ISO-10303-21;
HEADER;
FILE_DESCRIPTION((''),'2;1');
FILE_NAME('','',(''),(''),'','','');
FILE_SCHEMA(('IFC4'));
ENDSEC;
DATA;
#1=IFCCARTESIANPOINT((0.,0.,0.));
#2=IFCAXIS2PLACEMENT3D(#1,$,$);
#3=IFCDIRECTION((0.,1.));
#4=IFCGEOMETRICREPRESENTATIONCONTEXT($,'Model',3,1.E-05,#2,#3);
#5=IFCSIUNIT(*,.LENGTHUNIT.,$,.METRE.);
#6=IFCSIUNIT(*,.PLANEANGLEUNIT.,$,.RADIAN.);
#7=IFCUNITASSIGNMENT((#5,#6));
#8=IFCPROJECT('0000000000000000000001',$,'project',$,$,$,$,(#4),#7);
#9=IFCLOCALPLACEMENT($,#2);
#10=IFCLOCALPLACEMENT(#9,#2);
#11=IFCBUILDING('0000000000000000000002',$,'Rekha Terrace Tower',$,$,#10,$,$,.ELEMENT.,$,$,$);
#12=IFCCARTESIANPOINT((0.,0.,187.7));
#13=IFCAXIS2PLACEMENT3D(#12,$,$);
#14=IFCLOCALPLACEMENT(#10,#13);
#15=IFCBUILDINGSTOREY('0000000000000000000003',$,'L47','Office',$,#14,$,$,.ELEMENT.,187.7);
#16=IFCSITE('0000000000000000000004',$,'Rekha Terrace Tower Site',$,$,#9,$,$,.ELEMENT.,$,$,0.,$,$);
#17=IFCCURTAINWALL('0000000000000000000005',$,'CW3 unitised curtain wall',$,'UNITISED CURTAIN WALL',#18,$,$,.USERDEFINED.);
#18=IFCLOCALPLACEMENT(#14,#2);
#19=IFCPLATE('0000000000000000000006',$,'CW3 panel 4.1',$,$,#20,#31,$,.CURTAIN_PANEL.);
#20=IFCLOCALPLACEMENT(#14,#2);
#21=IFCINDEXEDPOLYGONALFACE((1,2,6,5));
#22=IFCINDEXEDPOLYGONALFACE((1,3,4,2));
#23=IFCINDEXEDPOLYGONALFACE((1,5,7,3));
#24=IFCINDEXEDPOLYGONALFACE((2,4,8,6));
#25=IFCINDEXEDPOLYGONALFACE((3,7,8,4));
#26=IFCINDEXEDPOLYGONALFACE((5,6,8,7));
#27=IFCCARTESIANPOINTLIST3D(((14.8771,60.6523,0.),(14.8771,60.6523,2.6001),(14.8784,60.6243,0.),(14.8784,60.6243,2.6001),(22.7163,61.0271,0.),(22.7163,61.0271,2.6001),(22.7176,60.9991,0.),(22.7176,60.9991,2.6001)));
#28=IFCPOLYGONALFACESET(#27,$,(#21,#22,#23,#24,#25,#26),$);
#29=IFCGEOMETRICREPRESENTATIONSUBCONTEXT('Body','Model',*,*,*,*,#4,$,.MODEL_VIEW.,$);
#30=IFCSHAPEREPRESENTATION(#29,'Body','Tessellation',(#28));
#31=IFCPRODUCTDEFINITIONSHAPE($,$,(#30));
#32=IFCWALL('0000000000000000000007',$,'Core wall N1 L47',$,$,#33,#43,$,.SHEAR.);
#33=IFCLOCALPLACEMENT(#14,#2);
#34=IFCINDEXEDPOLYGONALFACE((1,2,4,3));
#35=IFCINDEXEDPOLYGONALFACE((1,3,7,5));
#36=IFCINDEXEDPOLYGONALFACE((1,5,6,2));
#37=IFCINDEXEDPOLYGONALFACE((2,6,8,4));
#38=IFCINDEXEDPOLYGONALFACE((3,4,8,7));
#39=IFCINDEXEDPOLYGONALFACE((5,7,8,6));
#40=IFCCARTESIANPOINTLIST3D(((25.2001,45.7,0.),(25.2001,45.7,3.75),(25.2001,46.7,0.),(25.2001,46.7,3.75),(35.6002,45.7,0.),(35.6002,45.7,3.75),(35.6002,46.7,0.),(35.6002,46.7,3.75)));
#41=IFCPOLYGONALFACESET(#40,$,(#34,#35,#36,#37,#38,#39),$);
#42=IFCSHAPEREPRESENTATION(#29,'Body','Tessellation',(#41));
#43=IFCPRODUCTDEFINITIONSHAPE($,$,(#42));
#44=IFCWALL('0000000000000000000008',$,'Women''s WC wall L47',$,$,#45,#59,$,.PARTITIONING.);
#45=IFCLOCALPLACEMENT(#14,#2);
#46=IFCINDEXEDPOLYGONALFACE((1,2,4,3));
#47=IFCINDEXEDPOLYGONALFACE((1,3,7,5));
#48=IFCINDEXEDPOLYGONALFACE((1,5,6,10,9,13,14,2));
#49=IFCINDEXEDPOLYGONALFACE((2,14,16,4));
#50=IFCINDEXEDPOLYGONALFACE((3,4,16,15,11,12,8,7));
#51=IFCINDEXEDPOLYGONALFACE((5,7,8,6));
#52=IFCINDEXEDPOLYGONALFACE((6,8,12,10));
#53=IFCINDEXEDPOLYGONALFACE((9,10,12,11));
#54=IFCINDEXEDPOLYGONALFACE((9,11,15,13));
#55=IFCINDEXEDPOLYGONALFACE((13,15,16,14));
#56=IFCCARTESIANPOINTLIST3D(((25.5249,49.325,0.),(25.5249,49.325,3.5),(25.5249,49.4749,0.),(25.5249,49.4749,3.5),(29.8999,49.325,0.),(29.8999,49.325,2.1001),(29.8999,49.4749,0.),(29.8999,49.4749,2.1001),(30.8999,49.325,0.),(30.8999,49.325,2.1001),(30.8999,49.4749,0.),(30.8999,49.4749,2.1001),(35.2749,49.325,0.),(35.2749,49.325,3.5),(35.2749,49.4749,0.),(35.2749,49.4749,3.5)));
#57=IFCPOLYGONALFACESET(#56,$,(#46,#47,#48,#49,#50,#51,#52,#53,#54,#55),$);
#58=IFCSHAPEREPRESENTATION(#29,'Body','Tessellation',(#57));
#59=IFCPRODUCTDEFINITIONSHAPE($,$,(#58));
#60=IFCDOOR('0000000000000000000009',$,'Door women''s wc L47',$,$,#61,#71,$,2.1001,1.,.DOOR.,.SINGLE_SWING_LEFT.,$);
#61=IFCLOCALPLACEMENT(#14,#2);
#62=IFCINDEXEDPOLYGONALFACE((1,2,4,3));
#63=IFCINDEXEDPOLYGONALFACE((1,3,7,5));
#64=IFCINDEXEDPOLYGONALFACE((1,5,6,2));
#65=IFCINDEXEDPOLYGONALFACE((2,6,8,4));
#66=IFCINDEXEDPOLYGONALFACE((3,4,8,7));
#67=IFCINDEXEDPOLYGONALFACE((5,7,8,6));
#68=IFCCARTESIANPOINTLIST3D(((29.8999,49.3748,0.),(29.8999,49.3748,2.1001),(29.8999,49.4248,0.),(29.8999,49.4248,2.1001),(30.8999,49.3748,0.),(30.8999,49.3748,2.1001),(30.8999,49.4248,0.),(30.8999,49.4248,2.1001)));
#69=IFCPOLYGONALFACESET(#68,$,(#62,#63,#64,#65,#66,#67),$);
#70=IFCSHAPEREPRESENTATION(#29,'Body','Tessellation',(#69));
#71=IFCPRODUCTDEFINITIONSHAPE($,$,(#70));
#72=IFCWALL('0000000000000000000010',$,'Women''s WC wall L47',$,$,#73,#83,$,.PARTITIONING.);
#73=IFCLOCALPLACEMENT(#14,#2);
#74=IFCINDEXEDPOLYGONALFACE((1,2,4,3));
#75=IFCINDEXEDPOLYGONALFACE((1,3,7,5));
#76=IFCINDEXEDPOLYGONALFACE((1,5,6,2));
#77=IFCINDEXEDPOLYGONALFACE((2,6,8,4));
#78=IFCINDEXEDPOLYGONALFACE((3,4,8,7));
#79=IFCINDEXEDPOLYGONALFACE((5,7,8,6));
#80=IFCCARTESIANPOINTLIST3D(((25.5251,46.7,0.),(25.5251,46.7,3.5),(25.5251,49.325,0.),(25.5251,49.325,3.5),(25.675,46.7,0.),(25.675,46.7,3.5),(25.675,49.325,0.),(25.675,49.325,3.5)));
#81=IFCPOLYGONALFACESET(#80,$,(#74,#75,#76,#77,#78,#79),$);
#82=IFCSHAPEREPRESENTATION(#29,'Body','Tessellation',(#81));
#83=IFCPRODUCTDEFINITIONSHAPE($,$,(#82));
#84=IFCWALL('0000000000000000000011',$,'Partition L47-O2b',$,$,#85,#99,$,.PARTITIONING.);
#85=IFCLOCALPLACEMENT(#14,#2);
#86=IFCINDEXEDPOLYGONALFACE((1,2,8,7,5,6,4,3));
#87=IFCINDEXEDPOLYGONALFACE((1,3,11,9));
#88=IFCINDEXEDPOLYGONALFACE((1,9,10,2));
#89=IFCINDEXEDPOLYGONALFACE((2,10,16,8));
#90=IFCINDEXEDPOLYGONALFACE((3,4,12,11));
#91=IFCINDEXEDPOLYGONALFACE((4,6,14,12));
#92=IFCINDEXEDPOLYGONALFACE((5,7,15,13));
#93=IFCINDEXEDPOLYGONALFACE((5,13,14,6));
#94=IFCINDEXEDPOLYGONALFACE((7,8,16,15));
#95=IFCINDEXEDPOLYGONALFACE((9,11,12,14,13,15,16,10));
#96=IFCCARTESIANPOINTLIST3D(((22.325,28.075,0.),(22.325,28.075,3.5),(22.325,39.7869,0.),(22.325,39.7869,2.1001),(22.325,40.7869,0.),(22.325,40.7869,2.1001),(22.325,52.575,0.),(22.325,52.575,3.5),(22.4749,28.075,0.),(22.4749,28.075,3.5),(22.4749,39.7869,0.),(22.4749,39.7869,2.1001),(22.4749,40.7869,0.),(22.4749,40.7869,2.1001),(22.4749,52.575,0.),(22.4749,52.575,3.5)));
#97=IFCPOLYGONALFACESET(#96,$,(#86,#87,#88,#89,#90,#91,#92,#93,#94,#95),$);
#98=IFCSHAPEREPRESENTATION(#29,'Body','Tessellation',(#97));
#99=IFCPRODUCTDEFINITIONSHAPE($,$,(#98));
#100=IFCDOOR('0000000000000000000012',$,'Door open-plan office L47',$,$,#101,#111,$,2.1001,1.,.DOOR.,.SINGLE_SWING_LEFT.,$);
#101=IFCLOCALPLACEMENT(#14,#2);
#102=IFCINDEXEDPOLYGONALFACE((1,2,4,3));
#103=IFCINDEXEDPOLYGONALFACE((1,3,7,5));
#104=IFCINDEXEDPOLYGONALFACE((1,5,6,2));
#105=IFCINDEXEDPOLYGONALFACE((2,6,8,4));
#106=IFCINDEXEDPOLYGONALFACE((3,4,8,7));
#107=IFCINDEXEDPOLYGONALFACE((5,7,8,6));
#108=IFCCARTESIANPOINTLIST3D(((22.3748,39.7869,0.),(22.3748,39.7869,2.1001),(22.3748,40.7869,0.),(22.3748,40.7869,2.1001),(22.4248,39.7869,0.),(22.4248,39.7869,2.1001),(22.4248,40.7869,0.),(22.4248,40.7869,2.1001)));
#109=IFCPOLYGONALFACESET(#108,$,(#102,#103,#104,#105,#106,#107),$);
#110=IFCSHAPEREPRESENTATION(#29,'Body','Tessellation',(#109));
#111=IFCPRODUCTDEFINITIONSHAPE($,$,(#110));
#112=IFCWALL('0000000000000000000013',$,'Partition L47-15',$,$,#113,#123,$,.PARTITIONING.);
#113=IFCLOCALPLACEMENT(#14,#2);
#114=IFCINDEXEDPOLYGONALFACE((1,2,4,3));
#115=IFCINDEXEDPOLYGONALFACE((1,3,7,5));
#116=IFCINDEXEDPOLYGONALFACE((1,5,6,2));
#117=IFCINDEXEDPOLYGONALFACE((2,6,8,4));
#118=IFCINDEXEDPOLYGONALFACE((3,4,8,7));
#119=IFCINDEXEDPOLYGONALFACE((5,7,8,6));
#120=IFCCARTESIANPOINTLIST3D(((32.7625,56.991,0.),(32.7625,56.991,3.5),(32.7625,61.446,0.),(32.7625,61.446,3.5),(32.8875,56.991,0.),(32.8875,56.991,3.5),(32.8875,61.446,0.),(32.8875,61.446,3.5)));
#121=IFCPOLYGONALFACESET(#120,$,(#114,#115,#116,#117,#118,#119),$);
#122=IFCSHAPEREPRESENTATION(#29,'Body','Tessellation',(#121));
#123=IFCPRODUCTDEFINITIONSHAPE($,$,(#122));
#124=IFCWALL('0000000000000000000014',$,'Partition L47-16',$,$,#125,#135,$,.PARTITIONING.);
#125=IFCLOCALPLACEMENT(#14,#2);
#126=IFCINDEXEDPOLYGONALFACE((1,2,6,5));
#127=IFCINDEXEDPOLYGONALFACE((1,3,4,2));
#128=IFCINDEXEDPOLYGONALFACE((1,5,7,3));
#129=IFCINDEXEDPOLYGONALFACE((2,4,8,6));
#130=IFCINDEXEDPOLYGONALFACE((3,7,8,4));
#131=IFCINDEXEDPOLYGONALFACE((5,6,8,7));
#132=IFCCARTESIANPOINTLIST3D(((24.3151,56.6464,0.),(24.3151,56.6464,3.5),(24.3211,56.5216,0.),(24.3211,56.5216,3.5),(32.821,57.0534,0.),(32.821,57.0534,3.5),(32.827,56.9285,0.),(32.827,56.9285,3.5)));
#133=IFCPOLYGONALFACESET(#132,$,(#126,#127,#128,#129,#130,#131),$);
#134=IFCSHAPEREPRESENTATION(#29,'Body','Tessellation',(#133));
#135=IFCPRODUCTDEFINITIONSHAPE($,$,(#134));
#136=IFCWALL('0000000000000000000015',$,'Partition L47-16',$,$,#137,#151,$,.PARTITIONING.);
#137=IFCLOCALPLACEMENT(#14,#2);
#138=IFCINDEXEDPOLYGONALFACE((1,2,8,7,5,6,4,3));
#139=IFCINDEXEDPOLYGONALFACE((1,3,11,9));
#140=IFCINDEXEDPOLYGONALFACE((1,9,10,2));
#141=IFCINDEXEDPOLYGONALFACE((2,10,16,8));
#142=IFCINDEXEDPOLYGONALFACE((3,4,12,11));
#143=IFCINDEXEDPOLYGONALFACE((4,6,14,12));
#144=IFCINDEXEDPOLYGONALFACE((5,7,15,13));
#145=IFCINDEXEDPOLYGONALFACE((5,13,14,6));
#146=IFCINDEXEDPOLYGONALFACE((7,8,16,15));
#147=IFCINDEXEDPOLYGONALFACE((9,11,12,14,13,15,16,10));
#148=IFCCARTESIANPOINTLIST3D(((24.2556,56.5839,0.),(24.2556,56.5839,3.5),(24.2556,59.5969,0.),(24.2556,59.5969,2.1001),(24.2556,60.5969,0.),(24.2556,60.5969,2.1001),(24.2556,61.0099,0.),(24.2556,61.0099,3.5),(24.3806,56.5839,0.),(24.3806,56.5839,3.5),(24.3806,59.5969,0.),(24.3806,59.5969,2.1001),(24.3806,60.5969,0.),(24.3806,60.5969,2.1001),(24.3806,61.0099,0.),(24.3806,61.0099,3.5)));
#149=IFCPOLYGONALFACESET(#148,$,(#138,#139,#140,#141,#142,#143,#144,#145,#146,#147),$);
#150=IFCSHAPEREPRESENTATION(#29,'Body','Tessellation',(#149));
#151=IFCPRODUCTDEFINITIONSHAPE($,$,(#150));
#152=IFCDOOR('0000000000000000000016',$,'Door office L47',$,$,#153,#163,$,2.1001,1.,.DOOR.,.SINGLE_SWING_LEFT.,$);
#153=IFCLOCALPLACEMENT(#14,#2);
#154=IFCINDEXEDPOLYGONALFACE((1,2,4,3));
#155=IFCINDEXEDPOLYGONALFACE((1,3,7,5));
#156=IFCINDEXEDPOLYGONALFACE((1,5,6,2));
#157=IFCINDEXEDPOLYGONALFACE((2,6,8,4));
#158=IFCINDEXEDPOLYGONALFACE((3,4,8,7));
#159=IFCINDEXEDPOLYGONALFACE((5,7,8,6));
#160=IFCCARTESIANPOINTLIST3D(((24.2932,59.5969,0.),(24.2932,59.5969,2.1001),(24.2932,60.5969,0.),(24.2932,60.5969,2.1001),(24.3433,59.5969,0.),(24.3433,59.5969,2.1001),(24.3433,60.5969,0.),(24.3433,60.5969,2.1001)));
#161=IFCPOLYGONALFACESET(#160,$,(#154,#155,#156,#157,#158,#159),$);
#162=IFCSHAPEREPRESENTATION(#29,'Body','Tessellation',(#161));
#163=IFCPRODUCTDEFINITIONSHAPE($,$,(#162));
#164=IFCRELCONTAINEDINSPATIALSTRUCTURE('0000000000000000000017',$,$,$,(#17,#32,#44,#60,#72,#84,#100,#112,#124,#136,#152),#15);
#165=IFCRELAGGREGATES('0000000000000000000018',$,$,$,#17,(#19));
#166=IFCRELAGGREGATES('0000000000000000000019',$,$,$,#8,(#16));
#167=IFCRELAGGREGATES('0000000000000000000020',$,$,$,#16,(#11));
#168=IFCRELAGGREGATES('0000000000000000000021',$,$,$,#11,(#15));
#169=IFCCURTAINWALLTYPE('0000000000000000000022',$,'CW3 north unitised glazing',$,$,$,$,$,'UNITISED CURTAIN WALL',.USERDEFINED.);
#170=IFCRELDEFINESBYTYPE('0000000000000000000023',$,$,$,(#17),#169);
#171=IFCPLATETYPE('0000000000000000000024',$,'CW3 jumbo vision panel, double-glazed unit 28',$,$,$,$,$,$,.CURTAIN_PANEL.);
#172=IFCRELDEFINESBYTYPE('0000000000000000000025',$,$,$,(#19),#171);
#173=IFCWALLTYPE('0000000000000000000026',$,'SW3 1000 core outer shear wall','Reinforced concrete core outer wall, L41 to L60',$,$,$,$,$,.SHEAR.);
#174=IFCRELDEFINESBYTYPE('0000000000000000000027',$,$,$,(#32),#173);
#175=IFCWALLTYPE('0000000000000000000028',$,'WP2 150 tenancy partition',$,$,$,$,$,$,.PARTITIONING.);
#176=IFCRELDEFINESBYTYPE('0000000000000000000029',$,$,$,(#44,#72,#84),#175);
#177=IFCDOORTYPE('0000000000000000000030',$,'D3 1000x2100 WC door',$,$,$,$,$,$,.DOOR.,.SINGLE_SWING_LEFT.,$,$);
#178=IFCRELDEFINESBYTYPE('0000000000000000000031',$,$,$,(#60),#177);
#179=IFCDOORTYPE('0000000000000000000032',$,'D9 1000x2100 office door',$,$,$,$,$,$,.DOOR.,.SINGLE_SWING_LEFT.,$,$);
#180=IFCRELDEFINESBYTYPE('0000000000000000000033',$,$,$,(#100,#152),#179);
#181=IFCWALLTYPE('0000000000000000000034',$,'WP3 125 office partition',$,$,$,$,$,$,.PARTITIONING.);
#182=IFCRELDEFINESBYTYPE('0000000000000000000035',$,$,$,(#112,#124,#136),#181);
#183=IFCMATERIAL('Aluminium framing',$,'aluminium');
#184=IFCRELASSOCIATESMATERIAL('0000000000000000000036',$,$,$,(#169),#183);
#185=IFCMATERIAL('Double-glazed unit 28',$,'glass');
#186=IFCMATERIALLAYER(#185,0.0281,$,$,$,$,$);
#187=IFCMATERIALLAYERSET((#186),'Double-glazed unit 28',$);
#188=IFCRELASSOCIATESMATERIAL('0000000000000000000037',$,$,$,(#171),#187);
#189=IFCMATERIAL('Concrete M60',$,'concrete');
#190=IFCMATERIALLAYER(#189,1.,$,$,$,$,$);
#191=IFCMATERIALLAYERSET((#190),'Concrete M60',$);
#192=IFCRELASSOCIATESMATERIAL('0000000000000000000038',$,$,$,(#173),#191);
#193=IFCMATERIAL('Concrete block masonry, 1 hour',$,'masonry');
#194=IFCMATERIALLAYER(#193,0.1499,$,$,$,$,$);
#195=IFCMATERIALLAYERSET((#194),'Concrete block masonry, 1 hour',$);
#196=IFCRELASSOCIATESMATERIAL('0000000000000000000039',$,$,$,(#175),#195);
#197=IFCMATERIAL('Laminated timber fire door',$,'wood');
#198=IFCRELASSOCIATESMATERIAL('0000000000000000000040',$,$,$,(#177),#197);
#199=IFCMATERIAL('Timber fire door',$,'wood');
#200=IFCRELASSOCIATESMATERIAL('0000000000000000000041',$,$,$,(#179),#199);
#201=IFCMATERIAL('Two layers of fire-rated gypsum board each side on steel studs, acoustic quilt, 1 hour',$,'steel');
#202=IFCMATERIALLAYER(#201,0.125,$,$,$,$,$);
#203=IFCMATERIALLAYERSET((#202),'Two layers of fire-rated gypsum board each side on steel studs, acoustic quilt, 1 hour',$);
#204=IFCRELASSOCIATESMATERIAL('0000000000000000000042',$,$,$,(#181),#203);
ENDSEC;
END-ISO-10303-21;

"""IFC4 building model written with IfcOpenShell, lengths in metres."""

from ifc_helpers import new_model, si_unit, direction, frame, frame_2d, origin, origin_2d, place, context, subcontext, project, spatial, rectangle, extrude, material, layer, layer_set, type_object, element, fill, aggregate, save


model = new_model("IFC4")

# Units and contexts
model_context = context("Model", 3, precision=1e-05, world=origin(), true_north=direction((0.0, 1.0)))
body_context = subcontext(model_context, "Body", "Model", "MODEL_VIEW")
ifc_project = project(units=[si_unit("LENGTHUNIT", "METRE"), si_unit("PLANEANGLEUNIT", "RADIAN")], contexts=[model_context])

# Site, building, storey
site_placement = place(None, origin())
site = spatial("IfcSite", under=ifc_project, at=site_placement, Name="Rekha Terrace Tower Site", CompositionType="ELEMENT", RefElevation=0.0)
building_placement = place(site_placement, origin())
building = spatial("IfcBuilding", under=site, at=building_placement, Name="Rekha Terrace Tower", CompositionType="ELEMENT")
storey_placement = place(building_placement, frame((0.0, 0.0, 187.7)))
storey = spatial("IfcBuildingStorey", under=building, at=storey_placement, Name="L47", Description="Office", CompositionType="ELEMENT", Elevation=187.7)

# Curtain wall, plate
ifc_material_1 = material(Name="Aluminium framing", Category="aluminium")
curtain_wall_type = type_object("IfcCurtainWallType", Name="CW3 north unitised glazing", ElementType="UNITISED CURTAIN WALL", PredefinedType="USERDEFINED", material=ifc_material_1)
curtain_wall_placement = place(storey_placement, origin())
curtain_wall = element("IfcCurtainWall", 1, at=curtain_wall_placement, inside=storey, type_object=curtain_wall_type, Name="CW3 unitised curtain wall", ObjectType="UNITISED CURTAIN WALL", PredefinedType="USERDEFINED")
ifc_material_2 = material(Name="Double-glazed unit 28", Category="glass")
ifc_layer_1 = layer(ifc_material_2, 0.0281)
ifc_layer_set_1 = layer_set([ifc_layer_1], Name="Double-glazed unit 28")
plate_type = type_object("IfcPlateType", Name="CW3 jumbo vision panel, double-glazed unit 28", PredefinedType="CURTAIN_PANEL", material=ifc_layer_set_1)
plate_1_placement = place(storey_placement, frame((18.7974, 60.8257, 0.0), z_axis=(0.0, 0.0, 1.0), x_axis=(-0.998859, -0.047759, 0.0)))
plate_1 = element("IfcPlate", 2, at=plate_1_placement, type_object=plate_type, Name="CW3 panel 4.1", PredefinedType="CURTAIN_PANEL", context=body_context, shape_type="SweptSolid", body=[
    extrude(rectangle(XDim=7.8481, YDim=0.0281, at=origin_2d()), origin(), (0.0, 0.0, 1.0), 2.6001),
])
aggregate(curtain_wall, [plate_1])

# Wall
ifc_material_3 = material(Name="Concrete M60", Category="concrete")
ifc_layer_2 = layer(ifc_material_3, 1.0)
ifc_layer_set_2 = layer_set([ifc_layer_2], Name="Concrete M60")
wall_type_1 = type_object("IfcWallType", Name="SW3 1000 core outer shear wall", Description="Reinforced concrete core outer wall, L41 to L60", PredefinedType="SHEAR", material=ifc_layer_set_2)
wall_1_placement = place(storey_placement, frame((25.2, 46.2, 0.0), z_axis=(0.0, 0.0, 1.0), x_axis=(1.0, 0.0, 0.0)))
element("IfcWall", 3, at=wall_1_placement, inside=storey, type_object=wall_type_1, Name="Core wall N1 L47", PredefinedType="SHEAR", context=body_context, shape_type="SweptSolid", body=[
    extrude(rectangle(XDim=10.4001, YDim=1.0, at=frame_2d((5.2002, 0.0))), origin(), (0.0, 0.0, 1.0), 3.75),
])

# Wall, opening, door
ifc_material_4 = material(Name="Concrete block masonry, 1 hour", Category="masonry")
ifc_layer_3 = layer(ifc_material_4, 0.1499)
ifc_layer_set_3 = layer_set([ifc_layer_3], Name="Concrete block masonry, 1 hour")
wall_type_2 = type_object("IfcWallType", Name="WP2 150 tenancy partition", PredefinedType="PARTITIONING", material=ifc_layer_set_3)
wall_2_placement = place(storey_placement, frame((25.5249, 49.3999, 0.0), z_axis=(0.0, 0.0, 1.0), x_axis=(1.0, 0.0, 0.0)))
wall_2 = element("IfcWall", 4, at=wall_2_placement, inside=storey, type_object=wall_type_2, Name="Women's WC wall L47", PredefinedType="PARTITIONING", context=body_context, shape_type="SweptSolid", body=[
    extrude(rectangle(XDim=9.75, YDim=0.1499, at=frame_2d((4.875, 0.0))), origin(), (0.0, 0.0, 1.0), 3.5),
])
opening_1_placement = place(wall_2_placement, frame((4.375, 0.0, 0.0)))
opening_1 = element("IfcOpeningElement", 5, at=opening_1_placement, cuts=wall_2, PredefinedType="OPENING", context=body_context, shape_type="SweptSolid", body=[
    extrude(rectangle(XDim=1.0, YDim=2.1001, at=frame_2d((0.5, 1.05))), frame((0.0, 0.085, 0.0), z_axis=(0.0, -1.0, 0.0), x_axis=(1.0, 0.0, 0.0)), (0.0, 0.0, 1.0), 0.1699),
])
ifc_material_5 = material(Name="Laminated timber fire door", Category="wood")
door_type_1 = type_object("IfcDoorType", Name="D3 1000x2100 WC door", OperationType="SINGLE_SWING_LEFT", PredefinedType="DOOR", material=ifc_material_5)
door_1_placement = place(opening_1_placement, origin())
door_1 = element("IfcDoor", 6, at=door_1_placement, inside=storey, type_object=door_type_1, Name="Door women's wc L47", OperationType="SINGLE_SWING_LEFT", OverallHeight=2.1001, OverallWidth=1.0, PredefinedType="DOOR", context=body_context, shape_type="SweptSolid", body=[
    extrude(rectangle(XDim=1.0, YDim=2.1001, at=frame_2d((0.5, 1.05))), frame((0.0, 0.0249, 0.0), z_axis=(0.0, -1.0, 0.0), x_axis=(1.0, 0.0, 0.0)), (0.0, 0.0, 1.0), 0.05),
])
fill(opening_1, door_1)

# Wall
wall_3_placement = place(storey_placement, frame((25.6001, 46.7, 0.0), z_axis=(0.0, 0.0, 1.0), x_axis=(0.0, 1.0, 0.0)))
element("IfcWall", 7, at=wall_3_placement, inside=storey, type_object=wall_type_2, Name="Women's WC wall L47", PredefinedType="PARTITIONING", context=body_context, shape_type="SweptSolid", body=[
    extrude(rectangle(XDim=2.625, YDim=0.1499, at=frame_2d((1.3125, 0.0))), origin(), (0.0, 0.0, 1.0), 3.5),
])

# Wall, opening, door
wall_4_placement = place(storey_placement, frame((22.3999, 52.575, 0.0), z_axis=(0.0, 0.0, 1.0), x_axis=(0.0, -1.0, 0.0)))
wall_4 = element("IfcWall", 8, at=wall_4_placement, inside=storey, type_object=wall_type_2, Name="Partition L47-O2b", PredefinedType="PARTITIONING", context=body_context, shape_type="SweptSolid", body=[
    extrude(rectangle(XDim=24.5, YDim=0.1499, at=frame_2d((12.25, 0.0))), origin(), (0.0, 0.0, 1.0), 3.5),
])
opening_2_placement = place(wall_4_placement, frame((11.7881, 0.0, 0.0)))
opening_2 = element("IfcOpeningElement", 9, at=opening_2_placement, cuts=wall_4, PredefinedType="OPENING", context=body_context, shape_type="SweptSolid", body=[
    extrude(rectangle(XDim=1.0, YDim=2.1001, at=frame_2d((0.5, 1.05))), frame((0.0, 0.085, 0.0), z_axis=(0.0, -1.0, 0.0), x_axis=(1.0, 0.0, 0.0)), (0.0, 0.0, 1.0), 0.1699),
])
ifc_material_6 = material(Name="Timber fire door", Category="wood")
door_type_2 = type_object("IfcDoorType", Name="D9 1000x2100 office door", OperationType="SINGLE_SWING_LEFT", PredefinedType="DOOR", material=ifc_material_6)
door_2_placement = place(opening_2_placement, origin())
door_2 = element("IfcDoor", 10, at=door_2_placement, inside=storey, type_object=door_type_2, Name="Door open-plan office L47", OperationType="SINGLE_SWING_LEFT", OverallHeight=2.1001, OverallWidth=1.0, PredefinedType="DOOR", context=body_context, shape_type="SweptSolid", body=[
    extrude(rectangle(XDim=1.0, YDim=2.1001, at=frame_2d((0.5, 1.05))), frame((0.0, 0.0249, 0.0), z_axis=(0.0, -1.0, 0.0), x_axis=(1.0, 0.0, 0.0)), (0.0, 0.0, 1.0), 0.05),
])
fill(opening_2, door_2)

# Walls
ifc_material_7 = material(Name="Two layers of fire-rated gypsum board each side on steel studs, acoustic quilt, 1 hour", Category="steel")
ifc_layer_4 = layer(ifc_material_7, 0.125)
ifc_layer_set_4 = layer_set([ifc_layer_4], Name="Two layers of fire-rated gypsum board each side on steel studs, acoustic quilt, 1 hour")
wall_type_3 = type_object("IfcWallType", Name="WP3 125 office partition", PredefinedType="PARTITIONING", material=ifc_layer_set_4)
wall_5_placement = place(storey_placement, frame((32.825, 56.991, 0.0), z_axis=(0.0, 0.0, 1.0), x_axis=(0.0, 1.0, 0.0)))
element("IfcWall", 11, at=wall_5_placement, inside=storey, type_object=wall_type_3, Name="Partition L47-15", PredefinedType="PARTITIONING", context=body_context, shape_type="SweptSolid", body=[
    extrude(rectangle(XDim=4.4551, YDim=0.125, at=frame_2d((2.2275, 0.0))), origin(), (0.0, 0.0, 1.0), 3.5),
])
wall_6_placement = place(storey_placement, frame((32.824, 56.991, 0.0), z_axis=(0.0, 0.0, 1.0), x_axis=(-0.998857, -0.047793, 0.0)))
element("IfcWall", 12, at=wall_6_placement, inside=storey, type_object=wall_type_3, Name="Partition L47-16", PredefinedType="PARTITIONING", context=body_context, shape_type="SweptSolid", body=[
    extrude(rectangle(XDim=8.5156, YDim=0.125, at=frame_2d((4.2578, 0.0))), origin(), (0.0, 0.0, 1.0), 3.5),
])

# Wall, opening, door
wall_7_placement = place(storey_placement, frame((24.3181, 56.584, 0.0), z_axis=(0.0, 0.0, 1.0), x_axis=(0.0, 1.0, 0.0)))
wall_7 = element("IfcWall", 13, at=wall_7_placement, inside=storey, type_object=wall_type_3, Name="Partition L47-16", PredefinedType="PARTITIONING", context=body_context, shape_type="SweptSolid", body=[
    extrude(rectangle(XDim=4.426, YDim=0.125, at=frame_2d((2.2129, 0.0))), origin(), (0.0, 0.0, 1.0), 3.5),
])
opening_3_placement = place(wall_7_placement, frame((3.0129, 0.0, 0.0)))
opening_3 = element("IfcOpeningElement", 14, at=opening_3_placement, cuts=wall_7, PredefinedType="OPENING", context=body_context, shape_type="SweptSolid", body=[
    extrude(rectangle(XDim=1.0, YDim=2.1001, at=frame_2d((0.5, 1.05))), frame((0.0, 0.0725, 0.0), z_axis=(0.0, -1.0, 0.0), x_axis=(1.0, 0.0, 0.0)), (0.0, 0.0, 1.0), 0.145),
])
door_3_placement = place(opening_3_placement, origin())
door_3 = element("IfcDoor", 15, at=door_3_placement, inside=storey, type_object=door_type_2, Name="Door office L47", OperationType="SINGLE_SWING_LEFT", OverallHeight=2.1001, OverallWidth=1.0, PredefinedType="DOOR", context=body_context, shape_type="SweptSolid", body=[
    extrude(rectangle(XDim=1.0, YDim=2.1001, at=frame_2d((0.5, 1.05))), frame((0.0, 0.0249, 0.0), z_axis=(0.0, -1.0, 0.0), x_axis=(1.0, 0.0, 0.0)), (0.0, 0.0, 1.0), 0.05),
])
fill(opening_3, door_3)

save(model, "model.ifc")
